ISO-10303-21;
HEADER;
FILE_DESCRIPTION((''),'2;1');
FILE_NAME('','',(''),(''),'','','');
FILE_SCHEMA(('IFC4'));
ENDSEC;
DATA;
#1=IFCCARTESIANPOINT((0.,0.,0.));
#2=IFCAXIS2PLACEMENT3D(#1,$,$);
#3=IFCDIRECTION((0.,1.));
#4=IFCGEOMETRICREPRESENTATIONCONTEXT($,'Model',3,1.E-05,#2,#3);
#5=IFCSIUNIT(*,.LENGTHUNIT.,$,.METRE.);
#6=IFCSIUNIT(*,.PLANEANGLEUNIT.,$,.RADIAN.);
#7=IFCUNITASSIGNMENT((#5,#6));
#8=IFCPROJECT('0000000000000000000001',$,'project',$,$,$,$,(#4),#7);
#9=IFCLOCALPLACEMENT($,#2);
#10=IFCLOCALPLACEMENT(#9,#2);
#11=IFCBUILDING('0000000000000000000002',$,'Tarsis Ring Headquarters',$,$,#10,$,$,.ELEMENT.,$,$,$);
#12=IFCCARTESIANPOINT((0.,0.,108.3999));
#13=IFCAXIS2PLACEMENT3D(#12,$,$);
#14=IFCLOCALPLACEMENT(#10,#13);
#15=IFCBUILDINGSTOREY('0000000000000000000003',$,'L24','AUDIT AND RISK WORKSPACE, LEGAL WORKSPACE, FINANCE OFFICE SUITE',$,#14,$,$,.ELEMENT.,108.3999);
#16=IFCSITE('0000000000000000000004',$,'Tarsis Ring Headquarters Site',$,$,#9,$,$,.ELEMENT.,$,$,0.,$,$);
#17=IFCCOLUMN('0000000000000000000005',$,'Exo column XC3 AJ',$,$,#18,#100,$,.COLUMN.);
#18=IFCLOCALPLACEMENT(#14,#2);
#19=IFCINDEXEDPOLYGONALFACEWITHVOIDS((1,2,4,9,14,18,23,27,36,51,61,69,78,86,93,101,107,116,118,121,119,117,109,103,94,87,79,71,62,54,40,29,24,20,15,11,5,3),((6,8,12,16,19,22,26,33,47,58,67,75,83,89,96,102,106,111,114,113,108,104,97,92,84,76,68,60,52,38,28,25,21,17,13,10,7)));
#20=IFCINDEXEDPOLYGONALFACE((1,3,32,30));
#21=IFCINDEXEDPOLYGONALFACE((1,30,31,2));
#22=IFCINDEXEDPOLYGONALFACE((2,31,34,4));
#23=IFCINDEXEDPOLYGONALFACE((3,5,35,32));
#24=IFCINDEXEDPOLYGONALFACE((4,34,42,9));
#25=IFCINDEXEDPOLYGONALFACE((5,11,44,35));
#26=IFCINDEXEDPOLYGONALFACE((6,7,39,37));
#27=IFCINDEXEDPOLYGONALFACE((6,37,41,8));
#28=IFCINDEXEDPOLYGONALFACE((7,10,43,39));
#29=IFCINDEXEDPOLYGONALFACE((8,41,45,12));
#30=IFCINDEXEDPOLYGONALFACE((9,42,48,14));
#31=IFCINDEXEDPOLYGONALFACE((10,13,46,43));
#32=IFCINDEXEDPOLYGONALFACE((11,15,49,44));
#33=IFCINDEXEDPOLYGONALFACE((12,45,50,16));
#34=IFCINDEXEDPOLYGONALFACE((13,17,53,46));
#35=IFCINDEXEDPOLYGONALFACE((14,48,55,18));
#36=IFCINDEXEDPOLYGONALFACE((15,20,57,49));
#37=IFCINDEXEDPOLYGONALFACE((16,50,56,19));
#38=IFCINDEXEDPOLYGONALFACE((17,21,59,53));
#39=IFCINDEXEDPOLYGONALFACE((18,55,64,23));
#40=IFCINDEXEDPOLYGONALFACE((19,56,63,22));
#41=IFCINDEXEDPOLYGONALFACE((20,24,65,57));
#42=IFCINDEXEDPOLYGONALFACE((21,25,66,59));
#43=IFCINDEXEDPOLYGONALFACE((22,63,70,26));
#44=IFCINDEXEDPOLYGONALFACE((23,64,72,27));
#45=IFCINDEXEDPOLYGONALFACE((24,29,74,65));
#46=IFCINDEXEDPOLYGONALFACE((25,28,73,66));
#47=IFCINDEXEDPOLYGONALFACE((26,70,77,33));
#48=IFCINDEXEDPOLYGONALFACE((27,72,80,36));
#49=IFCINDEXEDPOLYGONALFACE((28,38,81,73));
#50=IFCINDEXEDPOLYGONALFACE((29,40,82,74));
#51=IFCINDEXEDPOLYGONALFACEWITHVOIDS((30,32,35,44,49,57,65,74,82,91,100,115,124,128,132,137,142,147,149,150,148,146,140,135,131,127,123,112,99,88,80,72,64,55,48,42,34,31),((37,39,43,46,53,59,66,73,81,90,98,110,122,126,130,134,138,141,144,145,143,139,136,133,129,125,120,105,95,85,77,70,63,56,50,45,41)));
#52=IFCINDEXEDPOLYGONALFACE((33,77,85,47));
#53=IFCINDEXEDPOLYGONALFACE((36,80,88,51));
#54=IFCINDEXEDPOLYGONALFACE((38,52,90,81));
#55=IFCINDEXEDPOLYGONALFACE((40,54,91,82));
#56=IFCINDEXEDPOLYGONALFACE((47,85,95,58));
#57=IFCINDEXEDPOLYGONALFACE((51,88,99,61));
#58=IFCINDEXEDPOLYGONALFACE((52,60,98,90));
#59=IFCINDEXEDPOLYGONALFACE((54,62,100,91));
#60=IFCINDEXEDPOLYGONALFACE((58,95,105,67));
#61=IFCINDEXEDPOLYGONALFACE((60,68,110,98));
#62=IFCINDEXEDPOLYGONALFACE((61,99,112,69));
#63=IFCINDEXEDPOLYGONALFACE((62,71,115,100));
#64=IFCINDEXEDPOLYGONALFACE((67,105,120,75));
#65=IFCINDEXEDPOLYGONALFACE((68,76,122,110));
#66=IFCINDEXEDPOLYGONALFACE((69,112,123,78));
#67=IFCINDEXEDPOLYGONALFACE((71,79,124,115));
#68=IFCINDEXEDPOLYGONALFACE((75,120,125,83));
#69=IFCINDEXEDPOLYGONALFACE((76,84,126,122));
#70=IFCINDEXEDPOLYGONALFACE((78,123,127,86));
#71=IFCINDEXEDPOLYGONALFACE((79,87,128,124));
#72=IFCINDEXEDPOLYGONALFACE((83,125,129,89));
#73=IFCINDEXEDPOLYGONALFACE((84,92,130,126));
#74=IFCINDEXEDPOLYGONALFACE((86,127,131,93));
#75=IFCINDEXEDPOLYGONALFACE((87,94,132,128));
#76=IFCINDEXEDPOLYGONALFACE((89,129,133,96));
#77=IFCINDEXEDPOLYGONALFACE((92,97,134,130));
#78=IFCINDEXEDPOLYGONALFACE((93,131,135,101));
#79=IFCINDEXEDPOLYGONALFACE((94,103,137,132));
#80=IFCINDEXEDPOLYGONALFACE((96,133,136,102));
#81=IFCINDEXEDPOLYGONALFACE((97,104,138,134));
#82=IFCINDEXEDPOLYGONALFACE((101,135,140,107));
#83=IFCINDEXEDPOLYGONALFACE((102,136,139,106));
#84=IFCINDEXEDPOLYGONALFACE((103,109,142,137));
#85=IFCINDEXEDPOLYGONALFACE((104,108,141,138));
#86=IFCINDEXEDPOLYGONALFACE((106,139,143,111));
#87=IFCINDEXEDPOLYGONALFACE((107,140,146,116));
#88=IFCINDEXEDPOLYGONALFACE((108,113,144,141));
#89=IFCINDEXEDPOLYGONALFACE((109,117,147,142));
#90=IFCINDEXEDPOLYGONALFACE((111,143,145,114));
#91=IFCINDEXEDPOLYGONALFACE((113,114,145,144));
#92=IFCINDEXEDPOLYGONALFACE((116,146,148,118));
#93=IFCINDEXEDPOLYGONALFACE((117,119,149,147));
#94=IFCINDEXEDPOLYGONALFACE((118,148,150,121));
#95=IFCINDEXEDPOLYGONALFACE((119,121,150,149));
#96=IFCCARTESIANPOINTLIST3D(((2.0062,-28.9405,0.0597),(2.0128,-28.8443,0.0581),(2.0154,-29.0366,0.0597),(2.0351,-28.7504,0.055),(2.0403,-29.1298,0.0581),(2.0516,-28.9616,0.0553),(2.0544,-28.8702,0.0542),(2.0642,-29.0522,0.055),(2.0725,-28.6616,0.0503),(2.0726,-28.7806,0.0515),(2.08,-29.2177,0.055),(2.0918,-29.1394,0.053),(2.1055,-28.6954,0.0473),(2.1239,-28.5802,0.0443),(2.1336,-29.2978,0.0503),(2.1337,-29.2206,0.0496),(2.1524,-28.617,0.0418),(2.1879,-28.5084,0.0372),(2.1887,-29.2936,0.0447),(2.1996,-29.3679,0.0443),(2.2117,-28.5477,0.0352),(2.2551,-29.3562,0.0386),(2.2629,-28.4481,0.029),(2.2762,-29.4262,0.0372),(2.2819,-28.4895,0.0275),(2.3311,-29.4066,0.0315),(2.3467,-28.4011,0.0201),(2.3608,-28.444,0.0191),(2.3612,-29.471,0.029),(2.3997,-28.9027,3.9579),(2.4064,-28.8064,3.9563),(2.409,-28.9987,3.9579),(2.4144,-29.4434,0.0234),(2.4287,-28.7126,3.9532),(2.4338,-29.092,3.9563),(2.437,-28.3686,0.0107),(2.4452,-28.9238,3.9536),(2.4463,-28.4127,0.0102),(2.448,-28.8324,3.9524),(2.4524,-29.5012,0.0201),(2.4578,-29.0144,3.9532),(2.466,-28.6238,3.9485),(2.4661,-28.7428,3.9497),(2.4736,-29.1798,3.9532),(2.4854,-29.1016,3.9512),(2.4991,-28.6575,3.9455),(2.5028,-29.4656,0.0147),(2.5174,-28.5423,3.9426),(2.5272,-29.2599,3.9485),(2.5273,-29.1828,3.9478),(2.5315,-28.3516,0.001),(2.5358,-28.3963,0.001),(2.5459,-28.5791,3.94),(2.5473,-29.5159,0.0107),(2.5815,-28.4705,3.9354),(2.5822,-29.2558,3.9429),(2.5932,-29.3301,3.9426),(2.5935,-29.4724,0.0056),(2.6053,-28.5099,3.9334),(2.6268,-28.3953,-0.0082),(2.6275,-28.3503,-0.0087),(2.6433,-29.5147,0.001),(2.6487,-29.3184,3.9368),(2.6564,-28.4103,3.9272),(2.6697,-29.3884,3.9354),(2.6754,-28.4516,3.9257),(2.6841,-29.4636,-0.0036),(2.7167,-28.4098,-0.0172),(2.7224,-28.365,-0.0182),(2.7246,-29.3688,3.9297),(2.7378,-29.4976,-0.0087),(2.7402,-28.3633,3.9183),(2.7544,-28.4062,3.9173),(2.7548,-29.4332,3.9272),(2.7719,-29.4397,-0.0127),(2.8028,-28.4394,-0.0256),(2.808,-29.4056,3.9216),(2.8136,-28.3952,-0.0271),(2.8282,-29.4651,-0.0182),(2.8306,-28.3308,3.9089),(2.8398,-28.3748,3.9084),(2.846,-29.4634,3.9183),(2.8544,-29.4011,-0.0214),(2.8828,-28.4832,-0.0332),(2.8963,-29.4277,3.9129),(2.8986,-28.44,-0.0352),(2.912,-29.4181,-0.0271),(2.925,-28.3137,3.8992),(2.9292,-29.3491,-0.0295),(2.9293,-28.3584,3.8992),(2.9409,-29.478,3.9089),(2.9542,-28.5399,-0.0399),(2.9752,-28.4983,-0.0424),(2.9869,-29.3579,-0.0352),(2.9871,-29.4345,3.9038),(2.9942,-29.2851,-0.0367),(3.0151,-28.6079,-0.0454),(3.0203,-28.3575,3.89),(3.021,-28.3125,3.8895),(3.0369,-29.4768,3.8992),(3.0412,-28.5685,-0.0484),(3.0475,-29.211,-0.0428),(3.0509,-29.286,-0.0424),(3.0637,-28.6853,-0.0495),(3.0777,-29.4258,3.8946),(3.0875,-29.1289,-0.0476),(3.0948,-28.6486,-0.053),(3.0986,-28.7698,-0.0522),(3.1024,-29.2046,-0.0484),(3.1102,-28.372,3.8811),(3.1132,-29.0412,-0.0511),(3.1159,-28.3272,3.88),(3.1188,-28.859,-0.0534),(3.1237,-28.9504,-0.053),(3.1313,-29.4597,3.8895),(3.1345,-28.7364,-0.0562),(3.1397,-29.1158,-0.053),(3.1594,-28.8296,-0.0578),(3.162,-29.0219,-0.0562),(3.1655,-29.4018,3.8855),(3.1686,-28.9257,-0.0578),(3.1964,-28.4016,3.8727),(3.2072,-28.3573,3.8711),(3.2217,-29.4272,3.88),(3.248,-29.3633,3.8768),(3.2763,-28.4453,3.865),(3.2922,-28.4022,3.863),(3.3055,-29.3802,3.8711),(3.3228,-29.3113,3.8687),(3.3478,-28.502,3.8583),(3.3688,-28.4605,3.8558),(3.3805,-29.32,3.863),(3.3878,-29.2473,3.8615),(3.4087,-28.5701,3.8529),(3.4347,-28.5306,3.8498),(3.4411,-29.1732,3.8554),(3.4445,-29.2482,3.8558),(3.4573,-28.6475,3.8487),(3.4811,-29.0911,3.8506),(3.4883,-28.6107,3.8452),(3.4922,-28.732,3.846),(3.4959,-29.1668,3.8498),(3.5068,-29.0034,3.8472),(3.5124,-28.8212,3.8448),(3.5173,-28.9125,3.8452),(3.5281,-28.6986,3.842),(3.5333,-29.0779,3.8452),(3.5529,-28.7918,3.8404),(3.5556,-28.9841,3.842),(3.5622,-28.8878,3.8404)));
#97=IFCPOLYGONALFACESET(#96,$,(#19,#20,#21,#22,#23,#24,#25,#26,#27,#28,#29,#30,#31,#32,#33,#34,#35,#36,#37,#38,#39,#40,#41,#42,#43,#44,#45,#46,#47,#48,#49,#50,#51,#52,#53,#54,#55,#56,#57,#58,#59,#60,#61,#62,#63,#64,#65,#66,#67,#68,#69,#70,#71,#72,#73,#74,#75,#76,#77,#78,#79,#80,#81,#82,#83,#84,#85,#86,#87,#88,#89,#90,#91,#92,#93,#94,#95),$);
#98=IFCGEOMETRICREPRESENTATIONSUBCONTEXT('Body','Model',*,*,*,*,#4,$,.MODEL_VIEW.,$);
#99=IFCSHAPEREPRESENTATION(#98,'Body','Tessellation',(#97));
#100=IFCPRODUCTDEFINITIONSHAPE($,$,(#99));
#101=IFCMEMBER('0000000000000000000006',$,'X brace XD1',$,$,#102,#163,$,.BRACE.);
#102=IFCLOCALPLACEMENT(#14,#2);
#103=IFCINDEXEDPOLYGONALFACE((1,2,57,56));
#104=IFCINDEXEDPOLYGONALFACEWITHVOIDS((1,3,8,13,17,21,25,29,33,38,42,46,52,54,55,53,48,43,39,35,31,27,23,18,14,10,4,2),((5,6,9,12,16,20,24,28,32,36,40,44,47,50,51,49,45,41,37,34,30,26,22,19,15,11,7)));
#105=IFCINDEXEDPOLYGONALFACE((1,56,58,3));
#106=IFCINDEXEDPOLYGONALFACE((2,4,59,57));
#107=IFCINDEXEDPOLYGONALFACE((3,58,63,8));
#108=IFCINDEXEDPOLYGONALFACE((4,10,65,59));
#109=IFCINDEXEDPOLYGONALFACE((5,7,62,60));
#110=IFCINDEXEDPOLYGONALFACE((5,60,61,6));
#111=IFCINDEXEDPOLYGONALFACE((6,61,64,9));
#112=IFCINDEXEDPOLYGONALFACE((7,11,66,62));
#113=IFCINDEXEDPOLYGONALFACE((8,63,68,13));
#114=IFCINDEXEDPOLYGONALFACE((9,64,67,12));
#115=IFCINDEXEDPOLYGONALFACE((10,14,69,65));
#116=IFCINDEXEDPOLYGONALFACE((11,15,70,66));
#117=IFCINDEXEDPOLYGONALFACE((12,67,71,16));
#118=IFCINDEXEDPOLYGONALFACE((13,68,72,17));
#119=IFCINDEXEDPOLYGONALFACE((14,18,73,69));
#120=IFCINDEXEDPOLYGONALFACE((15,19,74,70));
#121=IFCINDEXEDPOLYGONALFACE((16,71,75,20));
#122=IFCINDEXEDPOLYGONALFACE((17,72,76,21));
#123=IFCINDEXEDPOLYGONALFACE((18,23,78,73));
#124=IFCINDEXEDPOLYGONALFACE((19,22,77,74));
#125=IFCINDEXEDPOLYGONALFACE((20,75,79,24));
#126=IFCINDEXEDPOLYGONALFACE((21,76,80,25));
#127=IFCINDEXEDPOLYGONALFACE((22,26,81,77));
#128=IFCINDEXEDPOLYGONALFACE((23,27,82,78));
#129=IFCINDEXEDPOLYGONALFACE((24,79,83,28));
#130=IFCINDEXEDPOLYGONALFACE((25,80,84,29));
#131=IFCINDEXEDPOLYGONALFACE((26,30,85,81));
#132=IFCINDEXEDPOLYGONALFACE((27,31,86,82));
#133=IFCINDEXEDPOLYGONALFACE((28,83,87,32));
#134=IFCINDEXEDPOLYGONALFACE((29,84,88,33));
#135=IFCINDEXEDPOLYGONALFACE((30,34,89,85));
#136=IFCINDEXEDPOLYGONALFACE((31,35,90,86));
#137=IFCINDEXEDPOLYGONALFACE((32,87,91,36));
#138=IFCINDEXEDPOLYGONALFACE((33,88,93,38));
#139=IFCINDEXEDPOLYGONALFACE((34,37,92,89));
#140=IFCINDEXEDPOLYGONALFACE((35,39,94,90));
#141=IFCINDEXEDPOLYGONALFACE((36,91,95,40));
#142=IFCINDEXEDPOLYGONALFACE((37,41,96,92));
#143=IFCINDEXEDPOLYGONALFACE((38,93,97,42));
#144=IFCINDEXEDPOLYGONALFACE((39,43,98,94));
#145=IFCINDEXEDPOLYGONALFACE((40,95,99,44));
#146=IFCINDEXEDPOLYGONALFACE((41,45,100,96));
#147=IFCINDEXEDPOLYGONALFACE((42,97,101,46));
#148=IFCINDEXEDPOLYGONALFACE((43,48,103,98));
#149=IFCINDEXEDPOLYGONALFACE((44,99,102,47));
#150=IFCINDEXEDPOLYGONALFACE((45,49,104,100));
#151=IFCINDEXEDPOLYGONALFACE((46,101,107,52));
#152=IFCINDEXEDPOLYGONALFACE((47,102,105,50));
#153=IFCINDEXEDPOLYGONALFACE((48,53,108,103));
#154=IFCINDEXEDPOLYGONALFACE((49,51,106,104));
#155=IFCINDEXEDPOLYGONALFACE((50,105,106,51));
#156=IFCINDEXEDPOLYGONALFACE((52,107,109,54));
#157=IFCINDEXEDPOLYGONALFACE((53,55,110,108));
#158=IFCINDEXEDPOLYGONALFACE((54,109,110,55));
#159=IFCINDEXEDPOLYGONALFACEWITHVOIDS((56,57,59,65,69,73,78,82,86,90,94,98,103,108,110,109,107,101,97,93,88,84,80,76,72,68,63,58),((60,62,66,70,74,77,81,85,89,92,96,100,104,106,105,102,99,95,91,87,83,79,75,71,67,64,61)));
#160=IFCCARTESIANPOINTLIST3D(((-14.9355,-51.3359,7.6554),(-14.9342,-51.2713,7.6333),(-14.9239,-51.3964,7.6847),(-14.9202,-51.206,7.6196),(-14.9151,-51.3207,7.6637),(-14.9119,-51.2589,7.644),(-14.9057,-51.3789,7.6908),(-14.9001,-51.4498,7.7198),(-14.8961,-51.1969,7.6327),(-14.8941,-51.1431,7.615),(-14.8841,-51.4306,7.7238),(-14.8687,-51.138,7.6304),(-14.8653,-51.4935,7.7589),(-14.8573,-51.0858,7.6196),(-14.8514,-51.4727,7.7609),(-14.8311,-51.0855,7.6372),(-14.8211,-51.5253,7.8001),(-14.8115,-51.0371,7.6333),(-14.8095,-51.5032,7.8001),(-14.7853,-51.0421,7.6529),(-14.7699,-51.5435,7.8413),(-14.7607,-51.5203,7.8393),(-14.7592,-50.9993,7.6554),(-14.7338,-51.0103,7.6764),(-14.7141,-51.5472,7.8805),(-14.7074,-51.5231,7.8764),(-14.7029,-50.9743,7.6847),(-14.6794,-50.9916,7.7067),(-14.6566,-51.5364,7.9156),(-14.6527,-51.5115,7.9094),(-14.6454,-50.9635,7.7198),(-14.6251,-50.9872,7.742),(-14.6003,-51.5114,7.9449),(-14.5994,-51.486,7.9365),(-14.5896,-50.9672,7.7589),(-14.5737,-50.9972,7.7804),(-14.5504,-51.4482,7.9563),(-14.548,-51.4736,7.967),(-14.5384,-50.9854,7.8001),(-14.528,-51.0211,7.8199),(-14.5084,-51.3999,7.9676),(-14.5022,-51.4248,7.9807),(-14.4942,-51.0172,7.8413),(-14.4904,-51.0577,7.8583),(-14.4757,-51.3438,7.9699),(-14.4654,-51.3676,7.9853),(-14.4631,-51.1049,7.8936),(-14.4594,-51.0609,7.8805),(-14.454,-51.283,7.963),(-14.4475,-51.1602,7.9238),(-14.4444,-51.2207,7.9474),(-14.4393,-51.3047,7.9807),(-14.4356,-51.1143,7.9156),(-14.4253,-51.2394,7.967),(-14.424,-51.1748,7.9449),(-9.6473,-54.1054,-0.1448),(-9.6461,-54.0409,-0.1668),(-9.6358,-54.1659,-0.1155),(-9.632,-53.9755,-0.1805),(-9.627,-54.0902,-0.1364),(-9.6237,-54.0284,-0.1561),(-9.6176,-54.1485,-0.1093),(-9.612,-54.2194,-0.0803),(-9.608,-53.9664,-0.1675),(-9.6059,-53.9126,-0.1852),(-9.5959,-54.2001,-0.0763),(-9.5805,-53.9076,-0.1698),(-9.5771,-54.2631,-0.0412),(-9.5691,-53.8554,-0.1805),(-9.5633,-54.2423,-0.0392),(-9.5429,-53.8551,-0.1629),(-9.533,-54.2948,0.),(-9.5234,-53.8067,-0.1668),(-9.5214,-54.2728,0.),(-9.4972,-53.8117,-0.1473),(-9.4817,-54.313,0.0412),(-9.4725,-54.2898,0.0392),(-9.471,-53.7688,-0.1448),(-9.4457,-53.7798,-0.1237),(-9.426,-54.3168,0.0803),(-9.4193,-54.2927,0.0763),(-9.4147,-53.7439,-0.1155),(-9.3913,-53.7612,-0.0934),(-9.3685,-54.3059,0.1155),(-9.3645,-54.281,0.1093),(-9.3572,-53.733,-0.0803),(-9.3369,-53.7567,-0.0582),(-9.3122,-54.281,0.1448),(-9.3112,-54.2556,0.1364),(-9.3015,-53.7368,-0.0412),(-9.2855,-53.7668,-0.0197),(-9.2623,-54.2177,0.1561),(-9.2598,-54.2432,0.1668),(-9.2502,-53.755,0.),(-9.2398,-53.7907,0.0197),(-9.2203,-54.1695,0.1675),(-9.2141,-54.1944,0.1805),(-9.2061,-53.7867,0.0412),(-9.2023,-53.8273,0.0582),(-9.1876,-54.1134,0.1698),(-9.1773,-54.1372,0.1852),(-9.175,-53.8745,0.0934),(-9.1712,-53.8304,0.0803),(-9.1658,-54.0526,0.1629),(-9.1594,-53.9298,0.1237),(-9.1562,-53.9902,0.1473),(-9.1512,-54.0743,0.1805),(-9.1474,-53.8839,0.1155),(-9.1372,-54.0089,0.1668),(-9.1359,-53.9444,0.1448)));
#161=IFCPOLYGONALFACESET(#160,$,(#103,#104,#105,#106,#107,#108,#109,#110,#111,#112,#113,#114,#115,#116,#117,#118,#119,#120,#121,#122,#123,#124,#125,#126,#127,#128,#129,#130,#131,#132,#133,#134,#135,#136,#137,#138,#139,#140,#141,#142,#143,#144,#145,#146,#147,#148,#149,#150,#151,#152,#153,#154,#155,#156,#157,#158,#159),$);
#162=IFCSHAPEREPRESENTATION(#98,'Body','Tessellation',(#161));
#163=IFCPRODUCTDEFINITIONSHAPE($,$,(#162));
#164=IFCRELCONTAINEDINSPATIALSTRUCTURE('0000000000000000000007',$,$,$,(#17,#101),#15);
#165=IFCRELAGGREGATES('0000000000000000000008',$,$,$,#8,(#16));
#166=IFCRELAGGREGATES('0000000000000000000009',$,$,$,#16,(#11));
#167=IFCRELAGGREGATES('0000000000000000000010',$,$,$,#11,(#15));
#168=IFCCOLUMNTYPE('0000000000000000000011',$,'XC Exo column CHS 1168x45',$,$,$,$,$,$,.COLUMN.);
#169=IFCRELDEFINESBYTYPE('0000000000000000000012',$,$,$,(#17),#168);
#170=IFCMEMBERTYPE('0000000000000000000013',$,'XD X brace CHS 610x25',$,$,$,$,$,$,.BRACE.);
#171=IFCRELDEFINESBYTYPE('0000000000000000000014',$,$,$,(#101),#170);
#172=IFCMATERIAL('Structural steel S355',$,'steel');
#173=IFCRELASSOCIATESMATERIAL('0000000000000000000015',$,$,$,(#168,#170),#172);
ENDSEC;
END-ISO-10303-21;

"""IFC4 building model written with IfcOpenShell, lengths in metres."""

from ifc_helpers import new_model, si_unit, direction, frame, origin, origin_2d, place, context, subcontext, project, spatial, hollow_circle, extrude, material, material_profile, profile_set, type_object, element, save


model = new_model("IFC4")

# Units and contexts
model_context = context("Model", 3, precision=1e-05, world=origin(), true_north=direction((0.0, 1.0)))
body_context = subcontext(model_context, "Body", "Model", "MODEL_VIEW")
ifc_project = project(units=[si_unit("LENGTHUNIT", "METRE"), si_unit("PLANEANGLEUNIT", "RADIAN")], contexts=[model_context])

# Site, building, storey
site_placement = place(None, origin())
site = spatial("IfcSite", under=ifc_project, at=site_placement, Name="Tarsis Ring Headquarters Site", CompositionType="ELEMENT", RefElevation=0.0)
building_placement = place(site_placement, origin())
building = spatial("IfcBuilding", under=site, at=building_placement, Name="Tarsis Ring Headquarters", CompositionType="ELEMENT")
storey_placement = place(building_placement, frame((0.0, 0.0, 108.3999)))
storey = spatial("IfcBuildingStorey", under=building, at=storey_placement, Name="L24", Description="AUDIT AND RISK WORKSPACE, LEGAL WORKSPACE, FINANCE OFFICE SUITE", CompositionType="ELEMENT", Elevation=108.3999)

# Column
ifc_material_1 = material(Name="Structural steel S355", Category="steel")
ifc_material_profile_1 = material_profile(ifc_material_1, hollow_circle(Radius=0.5842, WallThickness=0.0449, at=origin_2d()), Name="CHS 1168x45")
ifc_profile_set_1 = profile_set([ifc_material_profile_1], Name="Structural steel S355")
column_type = type_object("IfcColumnType", Name="XC Exo column CHS 1168x45", PredefinedType="COLUMN", material=ifc_profile_set_1)
column_1_placement = place(storey_placement, frame((2.5874, -28.9331, 0.001), z_axis=(0.100443, 0.009658, 0.994896), x_axis=(-0.095712, 0.995409, 0.0)))
element("IfcColumn", 1, at=column_1_placement, inside=storey, type_object=column_type, Name="Exo column XC3 AJ", PredefinedType="COLUMN", context=body_context, shape_type="SweptSolid", body=[
    extrude(hollow_circle(Radius=0.5842, WallThickness=0.0449, at=origin_2d()), origin(), (0.0, 0.0, 1.0), 3.9182),
])

# Member
ifc_material_profile_2 = material_profile(ifc_material_1, hollow_circle(Radius=0.3047, WallThickness=0.0249, at=origin_2d()), Name="CHS 610x25")
ifc_profile_set_2 = profile_set([ifc_material_profile_2], Name="Structural steel S355")
member_type = type_object("IfcMemberType", Name="XD X brace CHS 610x25", PredefinedType="BRACE", material=ifc_profile_set_2)
member_1_placement = place(storey_placement, frame((-9.3916, -54.0249, 0.0), z_axis=(-0.538383, 0.281968, 0.794127), x_axis=(-0.463952, -0.88586, 0.0)))
element("IfcMember", 2, at=member_1_placement, inside=storey, type_object=member_type, Name="X brace XD1", PredefinedType="BRACE", context=body_context, shape_type="SweptSolid", body=[
    extrude(hollow_circle(Radius=0.3047, WallThickness=0.0249, at=origin_2d()), origin(), (0.0, 0.0, 1.0), 9.8223),
])

save(model, "model.ifc")
